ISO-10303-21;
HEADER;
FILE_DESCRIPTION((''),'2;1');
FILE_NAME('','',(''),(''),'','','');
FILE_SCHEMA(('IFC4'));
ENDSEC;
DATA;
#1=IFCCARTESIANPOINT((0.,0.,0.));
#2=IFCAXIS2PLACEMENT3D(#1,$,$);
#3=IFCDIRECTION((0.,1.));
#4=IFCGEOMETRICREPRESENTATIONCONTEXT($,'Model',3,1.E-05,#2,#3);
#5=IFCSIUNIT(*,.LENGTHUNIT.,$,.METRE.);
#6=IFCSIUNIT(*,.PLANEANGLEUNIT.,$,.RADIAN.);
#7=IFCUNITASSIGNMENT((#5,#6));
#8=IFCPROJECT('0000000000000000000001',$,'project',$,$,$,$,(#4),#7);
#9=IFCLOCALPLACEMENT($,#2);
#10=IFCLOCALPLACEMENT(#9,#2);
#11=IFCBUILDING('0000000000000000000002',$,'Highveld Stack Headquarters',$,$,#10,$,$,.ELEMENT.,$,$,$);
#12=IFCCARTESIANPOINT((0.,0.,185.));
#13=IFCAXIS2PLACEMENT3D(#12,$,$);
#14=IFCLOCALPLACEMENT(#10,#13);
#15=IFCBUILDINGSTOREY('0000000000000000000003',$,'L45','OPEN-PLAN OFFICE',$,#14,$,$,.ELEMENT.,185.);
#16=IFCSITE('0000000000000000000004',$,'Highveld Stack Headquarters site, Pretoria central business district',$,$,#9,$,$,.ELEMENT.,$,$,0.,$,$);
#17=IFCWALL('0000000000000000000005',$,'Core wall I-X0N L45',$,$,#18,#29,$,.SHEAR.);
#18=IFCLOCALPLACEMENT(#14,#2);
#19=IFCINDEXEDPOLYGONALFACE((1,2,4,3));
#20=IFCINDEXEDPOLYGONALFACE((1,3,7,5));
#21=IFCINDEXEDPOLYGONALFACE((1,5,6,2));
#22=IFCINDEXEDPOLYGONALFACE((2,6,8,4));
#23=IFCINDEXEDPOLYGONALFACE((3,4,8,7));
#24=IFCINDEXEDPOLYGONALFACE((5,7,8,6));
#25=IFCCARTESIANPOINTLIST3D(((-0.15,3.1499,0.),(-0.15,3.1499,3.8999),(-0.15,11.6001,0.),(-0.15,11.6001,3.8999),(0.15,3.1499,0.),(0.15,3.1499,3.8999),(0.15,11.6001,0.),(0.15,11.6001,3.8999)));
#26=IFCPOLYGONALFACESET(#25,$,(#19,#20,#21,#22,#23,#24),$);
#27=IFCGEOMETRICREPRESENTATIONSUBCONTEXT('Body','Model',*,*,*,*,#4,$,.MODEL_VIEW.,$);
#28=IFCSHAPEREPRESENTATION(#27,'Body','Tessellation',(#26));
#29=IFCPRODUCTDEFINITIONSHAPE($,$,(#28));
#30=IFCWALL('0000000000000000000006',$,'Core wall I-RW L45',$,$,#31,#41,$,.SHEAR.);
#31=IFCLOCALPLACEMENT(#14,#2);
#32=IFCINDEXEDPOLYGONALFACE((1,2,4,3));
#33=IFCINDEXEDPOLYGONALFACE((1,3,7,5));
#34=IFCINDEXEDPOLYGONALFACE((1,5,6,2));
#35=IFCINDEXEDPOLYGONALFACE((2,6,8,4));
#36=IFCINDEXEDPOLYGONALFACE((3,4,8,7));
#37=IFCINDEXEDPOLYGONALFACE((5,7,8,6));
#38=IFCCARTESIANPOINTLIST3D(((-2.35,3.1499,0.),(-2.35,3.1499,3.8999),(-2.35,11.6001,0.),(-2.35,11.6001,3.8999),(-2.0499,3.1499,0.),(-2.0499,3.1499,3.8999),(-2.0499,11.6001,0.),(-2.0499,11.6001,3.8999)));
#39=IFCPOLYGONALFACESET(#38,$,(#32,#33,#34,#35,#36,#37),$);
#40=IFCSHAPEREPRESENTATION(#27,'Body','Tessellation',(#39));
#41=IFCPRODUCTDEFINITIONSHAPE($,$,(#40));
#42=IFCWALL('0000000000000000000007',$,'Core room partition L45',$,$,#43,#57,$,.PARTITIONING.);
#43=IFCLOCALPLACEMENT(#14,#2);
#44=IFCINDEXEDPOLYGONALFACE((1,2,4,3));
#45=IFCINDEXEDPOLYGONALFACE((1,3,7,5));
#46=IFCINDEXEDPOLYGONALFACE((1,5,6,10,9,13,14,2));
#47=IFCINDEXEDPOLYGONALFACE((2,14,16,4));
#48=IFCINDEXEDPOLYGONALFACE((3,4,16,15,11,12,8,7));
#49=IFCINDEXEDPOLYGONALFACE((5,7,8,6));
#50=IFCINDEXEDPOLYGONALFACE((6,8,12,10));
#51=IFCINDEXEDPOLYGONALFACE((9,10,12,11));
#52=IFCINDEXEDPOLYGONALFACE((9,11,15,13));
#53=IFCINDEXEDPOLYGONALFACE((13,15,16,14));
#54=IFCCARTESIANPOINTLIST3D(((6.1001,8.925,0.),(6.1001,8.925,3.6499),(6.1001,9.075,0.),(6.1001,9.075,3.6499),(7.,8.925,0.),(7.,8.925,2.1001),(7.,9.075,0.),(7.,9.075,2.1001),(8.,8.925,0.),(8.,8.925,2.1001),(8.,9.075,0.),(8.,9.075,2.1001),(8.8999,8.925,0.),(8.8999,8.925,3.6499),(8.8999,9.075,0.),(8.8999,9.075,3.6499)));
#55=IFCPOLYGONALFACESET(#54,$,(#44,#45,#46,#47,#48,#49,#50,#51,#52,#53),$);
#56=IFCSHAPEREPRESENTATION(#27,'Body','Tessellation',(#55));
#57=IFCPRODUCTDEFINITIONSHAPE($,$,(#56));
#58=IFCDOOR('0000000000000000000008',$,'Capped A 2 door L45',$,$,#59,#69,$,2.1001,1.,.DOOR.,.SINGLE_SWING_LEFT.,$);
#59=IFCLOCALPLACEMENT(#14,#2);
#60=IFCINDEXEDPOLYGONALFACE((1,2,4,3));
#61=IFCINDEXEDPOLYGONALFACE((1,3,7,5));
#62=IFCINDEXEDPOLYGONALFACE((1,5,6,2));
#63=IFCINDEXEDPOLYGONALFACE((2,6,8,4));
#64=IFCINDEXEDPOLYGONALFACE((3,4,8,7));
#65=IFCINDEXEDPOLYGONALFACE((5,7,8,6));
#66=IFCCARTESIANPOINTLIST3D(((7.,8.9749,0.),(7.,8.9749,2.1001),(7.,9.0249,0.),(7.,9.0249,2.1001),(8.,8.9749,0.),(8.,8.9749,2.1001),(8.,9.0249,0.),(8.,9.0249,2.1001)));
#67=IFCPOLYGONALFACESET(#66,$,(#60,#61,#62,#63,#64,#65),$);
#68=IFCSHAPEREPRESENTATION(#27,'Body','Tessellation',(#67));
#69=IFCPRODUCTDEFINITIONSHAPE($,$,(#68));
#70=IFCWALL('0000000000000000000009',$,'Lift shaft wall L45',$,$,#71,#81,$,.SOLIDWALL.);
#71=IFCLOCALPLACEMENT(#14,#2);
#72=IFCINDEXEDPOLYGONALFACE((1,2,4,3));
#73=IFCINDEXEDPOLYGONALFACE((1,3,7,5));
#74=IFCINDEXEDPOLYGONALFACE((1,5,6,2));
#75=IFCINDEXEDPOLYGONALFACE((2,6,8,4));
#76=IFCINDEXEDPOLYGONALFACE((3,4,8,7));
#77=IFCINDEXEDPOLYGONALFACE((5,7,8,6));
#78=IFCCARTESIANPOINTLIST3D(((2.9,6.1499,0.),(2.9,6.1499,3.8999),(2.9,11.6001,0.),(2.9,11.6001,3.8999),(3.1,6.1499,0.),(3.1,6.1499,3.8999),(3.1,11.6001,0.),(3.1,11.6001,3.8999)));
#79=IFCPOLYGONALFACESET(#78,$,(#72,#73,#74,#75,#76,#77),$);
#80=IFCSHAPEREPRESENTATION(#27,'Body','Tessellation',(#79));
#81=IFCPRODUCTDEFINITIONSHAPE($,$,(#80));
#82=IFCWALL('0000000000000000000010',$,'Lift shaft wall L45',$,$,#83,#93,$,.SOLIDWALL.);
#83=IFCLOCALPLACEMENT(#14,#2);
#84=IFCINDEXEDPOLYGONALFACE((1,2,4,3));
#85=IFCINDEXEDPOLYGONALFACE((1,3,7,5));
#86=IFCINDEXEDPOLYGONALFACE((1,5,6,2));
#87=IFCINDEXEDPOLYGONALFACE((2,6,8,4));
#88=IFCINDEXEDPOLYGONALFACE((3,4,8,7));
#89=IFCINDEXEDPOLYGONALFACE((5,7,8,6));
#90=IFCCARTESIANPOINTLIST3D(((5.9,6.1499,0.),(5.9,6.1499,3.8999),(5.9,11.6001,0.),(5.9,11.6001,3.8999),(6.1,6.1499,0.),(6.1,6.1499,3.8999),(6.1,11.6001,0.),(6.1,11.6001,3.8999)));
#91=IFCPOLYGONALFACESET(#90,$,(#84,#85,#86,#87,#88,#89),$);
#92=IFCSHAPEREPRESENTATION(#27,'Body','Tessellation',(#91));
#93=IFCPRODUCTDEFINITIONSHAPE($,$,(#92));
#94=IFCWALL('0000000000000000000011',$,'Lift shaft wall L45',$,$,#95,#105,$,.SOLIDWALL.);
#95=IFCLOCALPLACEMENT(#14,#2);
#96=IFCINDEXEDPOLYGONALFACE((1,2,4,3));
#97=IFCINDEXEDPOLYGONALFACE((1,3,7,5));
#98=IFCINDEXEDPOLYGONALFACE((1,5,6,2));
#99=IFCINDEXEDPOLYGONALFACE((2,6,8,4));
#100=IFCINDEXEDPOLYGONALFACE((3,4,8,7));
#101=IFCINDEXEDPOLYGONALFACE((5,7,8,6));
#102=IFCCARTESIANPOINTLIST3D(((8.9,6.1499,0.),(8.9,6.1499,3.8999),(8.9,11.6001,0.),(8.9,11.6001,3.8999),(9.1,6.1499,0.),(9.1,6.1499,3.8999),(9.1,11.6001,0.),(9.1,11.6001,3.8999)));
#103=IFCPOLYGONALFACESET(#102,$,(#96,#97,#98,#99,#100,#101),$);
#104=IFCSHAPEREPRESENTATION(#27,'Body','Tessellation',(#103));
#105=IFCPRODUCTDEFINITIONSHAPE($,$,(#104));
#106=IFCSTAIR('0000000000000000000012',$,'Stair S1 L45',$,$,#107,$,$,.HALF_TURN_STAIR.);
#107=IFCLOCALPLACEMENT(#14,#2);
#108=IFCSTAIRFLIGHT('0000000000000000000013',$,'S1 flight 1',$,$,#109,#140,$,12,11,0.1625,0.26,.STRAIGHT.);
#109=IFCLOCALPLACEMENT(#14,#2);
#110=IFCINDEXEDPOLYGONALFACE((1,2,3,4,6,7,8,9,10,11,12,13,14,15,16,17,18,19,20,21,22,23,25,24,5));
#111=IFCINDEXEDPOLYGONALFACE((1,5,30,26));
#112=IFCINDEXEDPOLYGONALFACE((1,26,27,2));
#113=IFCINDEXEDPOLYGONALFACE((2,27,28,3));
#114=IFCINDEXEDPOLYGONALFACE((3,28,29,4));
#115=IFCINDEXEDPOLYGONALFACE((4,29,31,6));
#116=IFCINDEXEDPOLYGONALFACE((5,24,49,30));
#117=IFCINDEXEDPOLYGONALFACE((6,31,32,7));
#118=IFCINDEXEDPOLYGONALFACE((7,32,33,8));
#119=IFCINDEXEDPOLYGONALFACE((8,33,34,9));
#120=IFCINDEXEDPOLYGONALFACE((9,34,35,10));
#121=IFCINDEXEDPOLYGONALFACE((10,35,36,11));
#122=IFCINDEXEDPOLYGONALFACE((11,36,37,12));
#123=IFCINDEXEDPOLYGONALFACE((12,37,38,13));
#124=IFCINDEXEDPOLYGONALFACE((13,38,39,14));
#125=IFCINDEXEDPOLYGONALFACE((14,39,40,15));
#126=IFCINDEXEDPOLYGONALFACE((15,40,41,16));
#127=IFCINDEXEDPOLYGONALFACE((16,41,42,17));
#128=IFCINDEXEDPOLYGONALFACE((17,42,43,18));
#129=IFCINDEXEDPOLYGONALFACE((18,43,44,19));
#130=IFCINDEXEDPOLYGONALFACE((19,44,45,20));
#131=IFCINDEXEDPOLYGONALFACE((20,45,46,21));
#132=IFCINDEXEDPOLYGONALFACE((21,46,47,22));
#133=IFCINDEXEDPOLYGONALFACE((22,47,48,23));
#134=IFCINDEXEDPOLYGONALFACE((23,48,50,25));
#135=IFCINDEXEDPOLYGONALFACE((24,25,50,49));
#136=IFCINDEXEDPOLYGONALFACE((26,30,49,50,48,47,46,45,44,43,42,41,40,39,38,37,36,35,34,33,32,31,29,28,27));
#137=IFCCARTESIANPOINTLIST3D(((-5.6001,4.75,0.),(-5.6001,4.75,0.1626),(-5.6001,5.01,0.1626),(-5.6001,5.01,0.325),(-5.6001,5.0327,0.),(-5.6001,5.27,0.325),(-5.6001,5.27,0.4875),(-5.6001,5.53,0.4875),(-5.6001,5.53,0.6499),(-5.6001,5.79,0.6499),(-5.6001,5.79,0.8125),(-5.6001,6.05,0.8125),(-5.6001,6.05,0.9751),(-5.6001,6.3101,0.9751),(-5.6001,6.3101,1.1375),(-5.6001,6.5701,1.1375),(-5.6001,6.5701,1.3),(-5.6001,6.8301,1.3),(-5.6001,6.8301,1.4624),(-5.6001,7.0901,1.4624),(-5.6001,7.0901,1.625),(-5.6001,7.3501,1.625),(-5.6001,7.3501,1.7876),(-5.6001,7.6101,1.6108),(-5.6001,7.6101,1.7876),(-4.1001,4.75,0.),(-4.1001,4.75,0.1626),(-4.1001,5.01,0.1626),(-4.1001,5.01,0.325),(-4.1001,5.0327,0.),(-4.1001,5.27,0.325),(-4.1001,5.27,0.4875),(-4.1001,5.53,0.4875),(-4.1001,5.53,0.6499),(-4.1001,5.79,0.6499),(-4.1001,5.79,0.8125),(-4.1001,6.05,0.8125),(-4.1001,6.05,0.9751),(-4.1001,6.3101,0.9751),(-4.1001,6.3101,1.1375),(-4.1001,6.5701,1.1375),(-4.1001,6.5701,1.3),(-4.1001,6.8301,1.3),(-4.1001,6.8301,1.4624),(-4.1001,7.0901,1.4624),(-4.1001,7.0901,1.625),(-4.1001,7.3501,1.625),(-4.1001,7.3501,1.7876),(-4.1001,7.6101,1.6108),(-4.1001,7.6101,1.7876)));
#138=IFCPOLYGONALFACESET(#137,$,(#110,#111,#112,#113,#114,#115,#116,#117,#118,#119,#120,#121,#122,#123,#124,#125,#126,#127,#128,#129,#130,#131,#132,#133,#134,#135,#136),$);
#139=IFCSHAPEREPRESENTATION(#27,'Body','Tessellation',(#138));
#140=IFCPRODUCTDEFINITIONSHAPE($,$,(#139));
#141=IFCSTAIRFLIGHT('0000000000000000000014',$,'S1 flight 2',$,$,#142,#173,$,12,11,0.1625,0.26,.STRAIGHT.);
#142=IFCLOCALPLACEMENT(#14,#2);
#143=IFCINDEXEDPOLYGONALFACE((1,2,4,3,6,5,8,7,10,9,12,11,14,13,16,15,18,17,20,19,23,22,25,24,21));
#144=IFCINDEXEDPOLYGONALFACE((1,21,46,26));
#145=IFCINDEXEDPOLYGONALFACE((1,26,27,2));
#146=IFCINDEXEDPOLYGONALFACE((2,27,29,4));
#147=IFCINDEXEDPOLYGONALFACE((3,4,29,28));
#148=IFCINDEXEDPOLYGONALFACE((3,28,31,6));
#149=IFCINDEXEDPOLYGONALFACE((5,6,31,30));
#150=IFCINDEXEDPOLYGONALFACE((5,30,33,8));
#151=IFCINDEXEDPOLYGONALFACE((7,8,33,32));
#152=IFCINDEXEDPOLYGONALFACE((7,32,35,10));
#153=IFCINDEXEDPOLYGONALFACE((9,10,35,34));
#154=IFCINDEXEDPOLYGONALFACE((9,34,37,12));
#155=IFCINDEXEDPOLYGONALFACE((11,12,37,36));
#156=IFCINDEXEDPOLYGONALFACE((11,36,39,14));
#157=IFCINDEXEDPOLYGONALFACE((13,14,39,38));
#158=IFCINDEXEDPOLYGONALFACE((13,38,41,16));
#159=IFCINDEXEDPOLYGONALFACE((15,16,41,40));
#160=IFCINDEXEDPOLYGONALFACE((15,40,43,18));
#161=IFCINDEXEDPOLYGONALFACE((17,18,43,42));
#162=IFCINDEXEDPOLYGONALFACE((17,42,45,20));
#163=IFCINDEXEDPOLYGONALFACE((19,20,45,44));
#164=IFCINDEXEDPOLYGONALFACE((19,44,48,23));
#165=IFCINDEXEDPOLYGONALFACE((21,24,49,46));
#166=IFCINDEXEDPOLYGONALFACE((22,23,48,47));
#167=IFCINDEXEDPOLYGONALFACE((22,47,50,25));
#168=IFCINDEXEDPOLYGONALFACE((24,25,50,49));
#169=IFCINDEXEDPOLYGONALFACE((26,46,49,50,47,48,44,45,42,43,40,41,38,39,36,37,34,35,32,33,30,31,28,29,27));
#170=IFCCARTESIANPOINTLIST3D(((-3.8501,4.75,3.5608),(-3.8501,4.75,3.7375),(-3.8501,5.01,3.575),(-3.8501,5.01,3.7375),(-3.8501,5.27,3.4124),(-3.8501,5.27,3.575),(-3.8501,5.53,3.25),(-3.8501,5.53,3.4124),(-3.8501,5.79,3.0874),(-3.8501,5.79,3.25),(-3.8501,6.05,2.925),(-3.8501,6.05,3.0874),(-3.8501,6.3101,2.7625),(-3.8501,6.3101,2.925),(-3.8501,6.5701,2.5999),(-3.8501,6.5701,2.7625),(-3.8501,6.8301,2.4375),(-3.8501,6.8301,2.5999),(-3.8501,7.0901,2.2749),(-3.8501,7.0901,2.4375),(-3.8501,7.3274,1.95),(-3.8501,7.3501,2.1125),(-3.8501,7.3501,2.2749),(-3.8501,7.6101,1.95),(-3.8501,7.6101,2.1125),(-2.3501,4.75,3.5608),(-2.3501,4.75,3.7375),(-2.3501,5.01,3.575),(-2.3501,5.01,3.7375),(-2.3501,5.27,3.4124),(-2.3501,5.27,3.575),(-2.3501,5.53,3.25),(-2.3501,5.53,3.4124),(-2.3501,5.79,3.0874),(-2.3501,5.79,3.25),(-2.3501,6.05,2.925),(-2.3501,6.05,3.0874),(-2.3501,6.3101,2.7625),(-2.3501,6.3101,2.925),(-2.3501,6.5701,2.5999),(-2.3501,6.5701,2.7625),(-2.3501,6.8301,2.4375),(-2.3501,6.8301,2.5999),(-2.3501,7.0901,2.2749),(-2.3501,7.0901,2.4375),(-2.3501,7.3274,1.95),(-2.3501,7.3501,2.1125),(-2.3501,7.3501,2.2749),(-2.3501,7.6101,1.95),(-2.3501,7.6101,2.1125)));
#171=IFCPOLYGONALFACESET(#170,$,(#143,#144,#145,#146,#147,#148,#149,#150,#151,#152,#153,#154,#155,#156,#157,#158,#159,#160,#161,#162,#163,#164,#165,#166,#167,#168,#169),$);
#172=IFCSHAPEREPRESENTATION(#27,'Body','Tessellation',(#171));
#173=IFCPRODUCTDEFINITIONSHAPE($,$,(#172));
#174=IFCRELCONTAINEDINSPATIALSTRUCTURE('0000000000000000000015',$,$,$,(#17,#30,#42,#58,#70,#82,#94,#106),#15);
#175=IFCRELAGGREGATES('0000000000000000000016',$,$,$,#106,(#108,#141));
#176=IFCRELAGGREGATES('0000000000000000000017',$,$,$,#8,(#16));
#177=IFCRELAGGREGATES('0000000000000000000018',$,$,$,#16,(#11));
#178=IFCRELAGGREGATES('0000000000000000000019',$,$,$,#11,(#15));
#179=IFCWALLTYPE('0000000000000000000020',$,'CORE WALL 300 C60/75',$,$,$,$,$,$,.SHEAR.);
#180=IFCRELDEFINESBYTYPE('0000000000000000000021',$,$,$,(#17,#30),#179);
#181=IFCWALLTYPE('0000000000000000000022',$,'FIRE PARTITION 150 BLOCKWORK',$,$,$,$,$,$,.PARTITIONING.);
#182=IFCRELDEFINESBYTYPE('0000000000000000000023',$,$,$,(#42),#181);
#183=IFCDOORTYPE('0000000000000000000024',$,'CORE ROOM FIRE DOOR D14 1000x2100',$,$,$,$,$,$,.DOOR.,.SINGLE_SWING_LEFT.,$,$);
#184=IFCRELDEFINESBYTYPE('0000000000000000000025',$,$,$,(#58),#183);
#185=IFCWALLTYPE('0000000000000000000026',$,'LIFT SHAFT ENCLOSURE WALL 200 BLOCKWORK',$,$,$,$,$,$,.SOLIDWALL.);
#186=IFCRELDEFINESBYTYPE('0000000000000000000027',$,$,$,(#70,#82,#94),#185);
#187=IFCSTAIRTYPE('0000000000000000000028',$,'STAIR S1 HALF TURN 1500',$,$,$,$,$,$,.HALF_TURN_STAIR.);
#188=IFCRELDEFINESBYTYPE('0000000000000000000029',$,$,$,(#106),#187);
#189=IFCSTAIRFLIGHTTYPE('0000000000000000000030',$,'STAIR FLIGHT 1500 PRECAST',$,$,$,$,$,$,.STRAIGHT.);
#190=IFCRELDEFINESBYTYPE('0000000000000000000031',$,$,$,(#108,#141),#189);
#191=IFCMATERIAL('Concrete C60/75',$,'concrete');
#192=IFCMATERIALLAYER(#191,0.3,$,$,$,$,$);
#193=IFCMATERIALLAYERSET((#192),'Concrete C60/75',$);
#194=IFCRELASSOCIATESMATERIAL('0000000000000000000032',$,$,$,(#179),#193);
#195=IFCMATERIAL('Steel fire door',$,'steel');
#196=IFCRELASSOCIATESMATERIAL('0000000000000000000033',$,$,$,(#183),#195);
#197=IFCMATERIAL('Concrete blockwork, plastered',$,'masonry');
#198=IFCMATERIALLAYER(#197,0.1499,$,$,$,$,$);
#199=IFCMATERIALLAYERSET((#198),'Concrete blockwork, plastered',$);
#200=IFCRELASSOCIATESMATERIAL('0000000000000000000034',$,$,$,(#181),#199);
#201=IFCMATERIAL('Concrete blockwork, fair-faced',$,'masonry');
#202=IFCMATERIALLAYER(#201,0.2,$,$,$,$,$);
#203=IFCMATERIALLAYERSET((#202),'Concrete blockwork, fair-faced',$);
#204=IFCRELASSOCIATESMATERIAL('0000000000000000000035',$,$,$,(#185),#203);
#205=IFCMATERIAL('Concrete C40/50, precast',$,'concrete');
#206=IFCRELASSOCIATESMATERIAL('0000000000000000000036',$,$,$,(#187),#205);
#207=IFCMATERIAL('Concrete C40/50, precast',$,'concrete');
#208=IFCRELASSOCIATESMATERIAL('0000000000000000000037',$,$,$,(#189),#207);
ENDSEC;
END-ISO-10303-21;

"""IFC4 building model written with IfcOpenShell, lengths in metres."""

from ifc_helpers import new_model, si_unit, direction, frame, frame_2d, origin, place, context, subcontext, project, spatial, polyline, rectangle, outline, extrude, material, layer, layer_set, type_object, element, fill, aggregate, save


model = new_model("IFC4")

# Units and contexts
model_context = context("Model", 3, precision=1e-05, world=origin(), true_north=direction((0.0, 1.0)))
body_context = subcontext(model_context, "Body", "Model", "MODEL_VIEW")
ifc_project = project(units=[si_unit("LENGTHUNIT", "METRE"), si_unit("PLANEANGLEUNIT", "RADIAN")], contexts=[model_context])

# Site, building, storey
site_placement = place(None, origin())
site = spatial("IfcSite", under=ifc_project, at=site_placement, Name="Highveld Stack Headquarters site, Pretoria central business district", CompositionType="ELEMENT", RefElevation=0.0)
building_placement = place(site_placement, origin())
building = spatial("IfcBuilding", under=site, at=building_placement, Name="Highveld Stack Headquarters", CompositionType="ELEMENT")
storey_placement = place(building_placement, frame((0.0, 0.0, 185.0)))
storey = spatial("IfcBuildingStorey", under=building, at=storey_placement, Name="L45", Description="OPEN-PLAN OFFICE", CompositionType="ELEMENT", Elevation=185.0)

# Shared definitions
ifc_material_1 = material(Name="Concrete C60/75", Category="concrete")
ifc_layer_1 = layer(ifc_material_1, 0.3)
ifc_layer_set_1 = layer_set([ifc_layer_1], Name="Concrete C60/75")
wall_type_1 = type_object("IfcWallType", Name="CORE WALL 300 C60/75", PredefinedType="SHEAR", material=ifc_layer_set_1)
ifc_material_2 = material(Name="Steel fire door", Category="steel")
door_type_1 = type_object("IfcDoorType", Name="CORE ROOM FIRE DOOR D14 1000x2100", OperationType="SINGLE_SWING_LEFT", PredefinedType="DOOR", material=ifc_material_2)

# Walls
for number, where, z_axis, x_axis, name in (
    (1, (0.0, 3.1499, 0.0), (0.0, 0.0, 1.0), (0.0, 1.0, 0.0), "Core wall I-X0N L45"),
    (2, (-2.2, 3.1499, 0.0), (0.0, 0.0, 1.0), (0.0, 1.0, 0.0), "Core wall I-RW L45"),
):
    element("IfcWall", number, at=place(storey_placement, frame(where, z_axis=z_axis, x_axis=x_axis)), inside=storey, type_object=wall_type_1, Name=name, PredefinedType="SHEAR", context=body_context, shape_type="SweptSolid", body=[
        extrude(rectangle(XDim=8.4502, YDim=0.3, at=frame_2d((4.2251, 0.0))), origin(), (0.0, 0.0, 1.0), 3.8999),
    ])

# Wall, opening, door
ifc_material_3 = material(Name="Concrete blockwork, plastered", Category="masonry")
ifc_layer_2 = layer(ifc_material_3, 0.1499)
ifc_layer_set_2 = layer_set([ifc_layer_2], Name="Concrete blockwork, plastered")
wall_type_2 = type_object("IfcWallType", Name="FIRE PARTITION 150 BLOCKWORK", PredefinedType="PARTITIONING", material=ifc_layer_set_2)
wall_1_placement = place(storey_placement, frame((6.1001, 9.0, 0.0), z_axis=(0.0, 0.0, 1.0), x_axis=(1.0, 0.0, 0.0)))
wall_1 = element("IfcWall", 3, at=wall_1_placement, inside=storey, type_object=wall_type_2, Name="Core room partition L45", PredefinedType="PARTITIONING", context=body_context, shape_type="SweptSolid", body=[
    extrude(rectangle(XDim=2.7998, YDim=0.1499, at=frame_2d((1.3999, 0.0))), origin(), (0.0, 0.0, 1.0), 3.6499),
])
opening_1_placement = place(wall_1_placement, frame((0.8999, 0.0, 0.0)))
opening_1 = element("IfcOpeningElement", 4, at=opening_1_placement, cuts=wall_1, PredefinedType="OPENING", context=body_context, shape_type="SweptSolid", body=[
    extrude(rectangle(XDim=1.0, YDim=2.1001, at=frame_2d((0.5, 1.05))), frame((0.0, 0.085, 0.0), z_axis=(0.0, -1.0, 0.0), x_axis=(1.0, 0.0, 0.0)), (0.0, 0.0, 1.0), 0.1699),
])
door_1_placement = place(opening_1_placement, origin())
door_1 = element("IfcDoor", 5, at=door_1_placement, inside=storey, type_object=door_type_1, Name="Capped A 2 door L45", OperationType="SINGLE_SWING_LEFT", OverallHeight=2.1001, OverallWidth=1.0, PredefinedType="DOOR", context=body_context, shape_type="SweptSolid", body=[
    extrude(rectangle(XDim=1.0, YDim=2.1001, at=frame_2d((0.5, 1.05))), frame((0.0, 0.0249, 0.0), z_axis=(0.0, -1.0, 0.0), x_axis=(1.0, 0.0, 0.0)), (0.0, 0.0, 1.0), 0.05),
])
fill(opening_1, door_1)

# Walls
ifc_material_4 = material(Name="Concrete blockwork, fair-faced", Category="masonry")
ifc_layer_3 = layer(ifc_material_4, 0.2)
ifc_layer_set_3 = layer_set([ifc_layer_3], Name="Concrete blockwork, fair-faced")
wall_type_3 = type_object("IfcWallType", Name="LIFT SHAFT ENCLOSURE WALL 200 BLOCKWORK", PredefinedType="SOLIDWALL", material=ifc_layer_set_3)
for number, where, z_axis, x_axis, name in (
    (6, (3.0, 6.1499, 0.0), (0.0, 0.0, 1.0), (0.0, 1.0, 0.0), "Lift shaft wall L45"),
    (7, (6.0, 6.1499, 0.0), (0.0, 0.0, 1.0), (0.0, 1.0, 0.0), "Lift shaft wall L45"),
    (8, (9.0, 6.1499, 0.0), (0.0, 0.0, 1.0), (0.0, 1.0, 0.0), "Lift shaft wall L45"),
):
    element("IfcWall", number, at=place(storey_placement, frame(where, z_axis=z_axis, x_axis=x_axis)), inside=storey, type_object=wall_type_3, Name=name, PredefinedType="SOLIDWALL", context=body_context, shape_type="SweptSolid", body=[
        extrude(rectangle(XDim=5.4502, YDim=0.2, at=frame_2d((2.7251, 0.0))), origin(), (0.0, 0.0, 1.0), 3.8999),
    ])

# Stair, stair flights
ifc_material_5 = material(Name="Concrete C40/50, precast", Category="concrete")
stair_type = type_object("IfcStairType", Name="STAIR S1 HALF TURN 1500", PredefinedType="HALF_TURN_STAIR", material=ifc_material_5)
stair_placement = place(storey_placement, origin())
stair = element("IfcStair", 9, at=stair_placement, inside=storey, type_object=stair_type, Name="Stair S1 L45", PredefinedType="HALF_TURN_STAIR")
ifc_material_6 = material(Name="Concrete C40/50, precast", Category="concrete")
stair_flight_type = type_object("IfcStairFlightType", Name="STAIR FLIGHT 1500 PRECAST", PredefinedType="STRAIGHT", material=ifc_material_6)
stair_flight_1_placement = place(storey_placement, frame((-4.8501, 4.75, 0.0), z_axis=(0.0, 0.0, 1.0), x_axis=(0.0, 1.0, 0.0)))
stair_flight_1 = element("IfcStairFlight", 10, at=stair_flight_1_placement, type_object=stair_flight_type, Name="S1 flight 1", NumberOfRisers=12, NumberOfTreads=11, PredefinedType="STRAIGHT", RiserHeight=0.1625, TreadLength=0.26, context=body_context, shape_type="SweptSolid", body=[
    extrude(outline(polyline([(0.0, 0.0), (0.0, 0.1626), (0.26, 0.1626), (0.26, 0.325), (0.52, 0.325), (0.52, 0.4875), (0.78, 0.4875), (0.78, 0.6499), (1.04, 0.6499), (1.04, 0.8125), (1.3, 0.8125), (1.3, 0.9751), (1.5601, 0.9751), (1.5601, 1.1375), (1.8201, 1.1375), (1.8201, 1.3), (2.0801, 1.3), (2.0801, 1.4624), (2.3401, 1.4624), (2.3401, 1.625), (2.6001, 1.625), (2.6001, 1.7876), (2.8601, 1.7876), (2.8601, 1.95), (2.8601, 1.6108), (0.2827, 0.0), (0.0, 0.0)])), frame((0.0, 0.75, 0.0), z_axis=(0.0, -1.0, 0.0), x_axis=(1.0, 0.0, 0.0)), (0.0, 0.0, 1.0), 1.5),
])
stair_flight_2_placement = place(storey_placement, frame((-3.1001, 7.6101, 1.95), z_axis=(0.0, 0.0, 1.0), x_axis=(0.0, -1.0, 0.0)))
stair_flight_2 = element("IfcStairFlight", 11, at=stair_flight_2_placement, type_object=stair_flight_type, Name="S1 flight 2", NumberOfRisers=12, NumberOfTreads=11, PredefinedType="STRAIGHT", RiserHeight=0.1625, TreadLength=0.26, context=body_context, shape_type="SweptSolid", body=[
    extrude(outline(polyline([(0.0, 0.0), (0.0, 0.1626), (0.26, 0.1626), (0.26, 0.325), (0.52, 0.325), (0.52, 0.4875), (0.78, 0.4875), (0.78, 0.6499), (1.04, 0.6499), (1.04, 0.8125), (1.3, 0.8125), (1.3, 0.9751), (1.5601, 0.9751), (1.5601, 1.1375), (1.8201, 1.1375), (1.8201, 1.3), (2.0801, 1.3), (2.0801, 1.4624), (2.3401, 1.4624), (2.3401, 1.625), (2.6001, 1.625), (2.6001, 1.7876), (2.8601, 1.7876), (2.8601, 1.95), (2.8601, 1.6108), (0.2827, 0.0), (0.0, 0.0)])), frame((0.0, 0.75, 0.0), z_axis=(0.0, -1.0, 0.0), x_axis=(1.0, 0.0, 0.0)), (0.0, 0.0, 1.0), 1.5),
])
aggregate(stair, [stair_flight_1, stair_flight_2])

save(model, "model.ifc")
